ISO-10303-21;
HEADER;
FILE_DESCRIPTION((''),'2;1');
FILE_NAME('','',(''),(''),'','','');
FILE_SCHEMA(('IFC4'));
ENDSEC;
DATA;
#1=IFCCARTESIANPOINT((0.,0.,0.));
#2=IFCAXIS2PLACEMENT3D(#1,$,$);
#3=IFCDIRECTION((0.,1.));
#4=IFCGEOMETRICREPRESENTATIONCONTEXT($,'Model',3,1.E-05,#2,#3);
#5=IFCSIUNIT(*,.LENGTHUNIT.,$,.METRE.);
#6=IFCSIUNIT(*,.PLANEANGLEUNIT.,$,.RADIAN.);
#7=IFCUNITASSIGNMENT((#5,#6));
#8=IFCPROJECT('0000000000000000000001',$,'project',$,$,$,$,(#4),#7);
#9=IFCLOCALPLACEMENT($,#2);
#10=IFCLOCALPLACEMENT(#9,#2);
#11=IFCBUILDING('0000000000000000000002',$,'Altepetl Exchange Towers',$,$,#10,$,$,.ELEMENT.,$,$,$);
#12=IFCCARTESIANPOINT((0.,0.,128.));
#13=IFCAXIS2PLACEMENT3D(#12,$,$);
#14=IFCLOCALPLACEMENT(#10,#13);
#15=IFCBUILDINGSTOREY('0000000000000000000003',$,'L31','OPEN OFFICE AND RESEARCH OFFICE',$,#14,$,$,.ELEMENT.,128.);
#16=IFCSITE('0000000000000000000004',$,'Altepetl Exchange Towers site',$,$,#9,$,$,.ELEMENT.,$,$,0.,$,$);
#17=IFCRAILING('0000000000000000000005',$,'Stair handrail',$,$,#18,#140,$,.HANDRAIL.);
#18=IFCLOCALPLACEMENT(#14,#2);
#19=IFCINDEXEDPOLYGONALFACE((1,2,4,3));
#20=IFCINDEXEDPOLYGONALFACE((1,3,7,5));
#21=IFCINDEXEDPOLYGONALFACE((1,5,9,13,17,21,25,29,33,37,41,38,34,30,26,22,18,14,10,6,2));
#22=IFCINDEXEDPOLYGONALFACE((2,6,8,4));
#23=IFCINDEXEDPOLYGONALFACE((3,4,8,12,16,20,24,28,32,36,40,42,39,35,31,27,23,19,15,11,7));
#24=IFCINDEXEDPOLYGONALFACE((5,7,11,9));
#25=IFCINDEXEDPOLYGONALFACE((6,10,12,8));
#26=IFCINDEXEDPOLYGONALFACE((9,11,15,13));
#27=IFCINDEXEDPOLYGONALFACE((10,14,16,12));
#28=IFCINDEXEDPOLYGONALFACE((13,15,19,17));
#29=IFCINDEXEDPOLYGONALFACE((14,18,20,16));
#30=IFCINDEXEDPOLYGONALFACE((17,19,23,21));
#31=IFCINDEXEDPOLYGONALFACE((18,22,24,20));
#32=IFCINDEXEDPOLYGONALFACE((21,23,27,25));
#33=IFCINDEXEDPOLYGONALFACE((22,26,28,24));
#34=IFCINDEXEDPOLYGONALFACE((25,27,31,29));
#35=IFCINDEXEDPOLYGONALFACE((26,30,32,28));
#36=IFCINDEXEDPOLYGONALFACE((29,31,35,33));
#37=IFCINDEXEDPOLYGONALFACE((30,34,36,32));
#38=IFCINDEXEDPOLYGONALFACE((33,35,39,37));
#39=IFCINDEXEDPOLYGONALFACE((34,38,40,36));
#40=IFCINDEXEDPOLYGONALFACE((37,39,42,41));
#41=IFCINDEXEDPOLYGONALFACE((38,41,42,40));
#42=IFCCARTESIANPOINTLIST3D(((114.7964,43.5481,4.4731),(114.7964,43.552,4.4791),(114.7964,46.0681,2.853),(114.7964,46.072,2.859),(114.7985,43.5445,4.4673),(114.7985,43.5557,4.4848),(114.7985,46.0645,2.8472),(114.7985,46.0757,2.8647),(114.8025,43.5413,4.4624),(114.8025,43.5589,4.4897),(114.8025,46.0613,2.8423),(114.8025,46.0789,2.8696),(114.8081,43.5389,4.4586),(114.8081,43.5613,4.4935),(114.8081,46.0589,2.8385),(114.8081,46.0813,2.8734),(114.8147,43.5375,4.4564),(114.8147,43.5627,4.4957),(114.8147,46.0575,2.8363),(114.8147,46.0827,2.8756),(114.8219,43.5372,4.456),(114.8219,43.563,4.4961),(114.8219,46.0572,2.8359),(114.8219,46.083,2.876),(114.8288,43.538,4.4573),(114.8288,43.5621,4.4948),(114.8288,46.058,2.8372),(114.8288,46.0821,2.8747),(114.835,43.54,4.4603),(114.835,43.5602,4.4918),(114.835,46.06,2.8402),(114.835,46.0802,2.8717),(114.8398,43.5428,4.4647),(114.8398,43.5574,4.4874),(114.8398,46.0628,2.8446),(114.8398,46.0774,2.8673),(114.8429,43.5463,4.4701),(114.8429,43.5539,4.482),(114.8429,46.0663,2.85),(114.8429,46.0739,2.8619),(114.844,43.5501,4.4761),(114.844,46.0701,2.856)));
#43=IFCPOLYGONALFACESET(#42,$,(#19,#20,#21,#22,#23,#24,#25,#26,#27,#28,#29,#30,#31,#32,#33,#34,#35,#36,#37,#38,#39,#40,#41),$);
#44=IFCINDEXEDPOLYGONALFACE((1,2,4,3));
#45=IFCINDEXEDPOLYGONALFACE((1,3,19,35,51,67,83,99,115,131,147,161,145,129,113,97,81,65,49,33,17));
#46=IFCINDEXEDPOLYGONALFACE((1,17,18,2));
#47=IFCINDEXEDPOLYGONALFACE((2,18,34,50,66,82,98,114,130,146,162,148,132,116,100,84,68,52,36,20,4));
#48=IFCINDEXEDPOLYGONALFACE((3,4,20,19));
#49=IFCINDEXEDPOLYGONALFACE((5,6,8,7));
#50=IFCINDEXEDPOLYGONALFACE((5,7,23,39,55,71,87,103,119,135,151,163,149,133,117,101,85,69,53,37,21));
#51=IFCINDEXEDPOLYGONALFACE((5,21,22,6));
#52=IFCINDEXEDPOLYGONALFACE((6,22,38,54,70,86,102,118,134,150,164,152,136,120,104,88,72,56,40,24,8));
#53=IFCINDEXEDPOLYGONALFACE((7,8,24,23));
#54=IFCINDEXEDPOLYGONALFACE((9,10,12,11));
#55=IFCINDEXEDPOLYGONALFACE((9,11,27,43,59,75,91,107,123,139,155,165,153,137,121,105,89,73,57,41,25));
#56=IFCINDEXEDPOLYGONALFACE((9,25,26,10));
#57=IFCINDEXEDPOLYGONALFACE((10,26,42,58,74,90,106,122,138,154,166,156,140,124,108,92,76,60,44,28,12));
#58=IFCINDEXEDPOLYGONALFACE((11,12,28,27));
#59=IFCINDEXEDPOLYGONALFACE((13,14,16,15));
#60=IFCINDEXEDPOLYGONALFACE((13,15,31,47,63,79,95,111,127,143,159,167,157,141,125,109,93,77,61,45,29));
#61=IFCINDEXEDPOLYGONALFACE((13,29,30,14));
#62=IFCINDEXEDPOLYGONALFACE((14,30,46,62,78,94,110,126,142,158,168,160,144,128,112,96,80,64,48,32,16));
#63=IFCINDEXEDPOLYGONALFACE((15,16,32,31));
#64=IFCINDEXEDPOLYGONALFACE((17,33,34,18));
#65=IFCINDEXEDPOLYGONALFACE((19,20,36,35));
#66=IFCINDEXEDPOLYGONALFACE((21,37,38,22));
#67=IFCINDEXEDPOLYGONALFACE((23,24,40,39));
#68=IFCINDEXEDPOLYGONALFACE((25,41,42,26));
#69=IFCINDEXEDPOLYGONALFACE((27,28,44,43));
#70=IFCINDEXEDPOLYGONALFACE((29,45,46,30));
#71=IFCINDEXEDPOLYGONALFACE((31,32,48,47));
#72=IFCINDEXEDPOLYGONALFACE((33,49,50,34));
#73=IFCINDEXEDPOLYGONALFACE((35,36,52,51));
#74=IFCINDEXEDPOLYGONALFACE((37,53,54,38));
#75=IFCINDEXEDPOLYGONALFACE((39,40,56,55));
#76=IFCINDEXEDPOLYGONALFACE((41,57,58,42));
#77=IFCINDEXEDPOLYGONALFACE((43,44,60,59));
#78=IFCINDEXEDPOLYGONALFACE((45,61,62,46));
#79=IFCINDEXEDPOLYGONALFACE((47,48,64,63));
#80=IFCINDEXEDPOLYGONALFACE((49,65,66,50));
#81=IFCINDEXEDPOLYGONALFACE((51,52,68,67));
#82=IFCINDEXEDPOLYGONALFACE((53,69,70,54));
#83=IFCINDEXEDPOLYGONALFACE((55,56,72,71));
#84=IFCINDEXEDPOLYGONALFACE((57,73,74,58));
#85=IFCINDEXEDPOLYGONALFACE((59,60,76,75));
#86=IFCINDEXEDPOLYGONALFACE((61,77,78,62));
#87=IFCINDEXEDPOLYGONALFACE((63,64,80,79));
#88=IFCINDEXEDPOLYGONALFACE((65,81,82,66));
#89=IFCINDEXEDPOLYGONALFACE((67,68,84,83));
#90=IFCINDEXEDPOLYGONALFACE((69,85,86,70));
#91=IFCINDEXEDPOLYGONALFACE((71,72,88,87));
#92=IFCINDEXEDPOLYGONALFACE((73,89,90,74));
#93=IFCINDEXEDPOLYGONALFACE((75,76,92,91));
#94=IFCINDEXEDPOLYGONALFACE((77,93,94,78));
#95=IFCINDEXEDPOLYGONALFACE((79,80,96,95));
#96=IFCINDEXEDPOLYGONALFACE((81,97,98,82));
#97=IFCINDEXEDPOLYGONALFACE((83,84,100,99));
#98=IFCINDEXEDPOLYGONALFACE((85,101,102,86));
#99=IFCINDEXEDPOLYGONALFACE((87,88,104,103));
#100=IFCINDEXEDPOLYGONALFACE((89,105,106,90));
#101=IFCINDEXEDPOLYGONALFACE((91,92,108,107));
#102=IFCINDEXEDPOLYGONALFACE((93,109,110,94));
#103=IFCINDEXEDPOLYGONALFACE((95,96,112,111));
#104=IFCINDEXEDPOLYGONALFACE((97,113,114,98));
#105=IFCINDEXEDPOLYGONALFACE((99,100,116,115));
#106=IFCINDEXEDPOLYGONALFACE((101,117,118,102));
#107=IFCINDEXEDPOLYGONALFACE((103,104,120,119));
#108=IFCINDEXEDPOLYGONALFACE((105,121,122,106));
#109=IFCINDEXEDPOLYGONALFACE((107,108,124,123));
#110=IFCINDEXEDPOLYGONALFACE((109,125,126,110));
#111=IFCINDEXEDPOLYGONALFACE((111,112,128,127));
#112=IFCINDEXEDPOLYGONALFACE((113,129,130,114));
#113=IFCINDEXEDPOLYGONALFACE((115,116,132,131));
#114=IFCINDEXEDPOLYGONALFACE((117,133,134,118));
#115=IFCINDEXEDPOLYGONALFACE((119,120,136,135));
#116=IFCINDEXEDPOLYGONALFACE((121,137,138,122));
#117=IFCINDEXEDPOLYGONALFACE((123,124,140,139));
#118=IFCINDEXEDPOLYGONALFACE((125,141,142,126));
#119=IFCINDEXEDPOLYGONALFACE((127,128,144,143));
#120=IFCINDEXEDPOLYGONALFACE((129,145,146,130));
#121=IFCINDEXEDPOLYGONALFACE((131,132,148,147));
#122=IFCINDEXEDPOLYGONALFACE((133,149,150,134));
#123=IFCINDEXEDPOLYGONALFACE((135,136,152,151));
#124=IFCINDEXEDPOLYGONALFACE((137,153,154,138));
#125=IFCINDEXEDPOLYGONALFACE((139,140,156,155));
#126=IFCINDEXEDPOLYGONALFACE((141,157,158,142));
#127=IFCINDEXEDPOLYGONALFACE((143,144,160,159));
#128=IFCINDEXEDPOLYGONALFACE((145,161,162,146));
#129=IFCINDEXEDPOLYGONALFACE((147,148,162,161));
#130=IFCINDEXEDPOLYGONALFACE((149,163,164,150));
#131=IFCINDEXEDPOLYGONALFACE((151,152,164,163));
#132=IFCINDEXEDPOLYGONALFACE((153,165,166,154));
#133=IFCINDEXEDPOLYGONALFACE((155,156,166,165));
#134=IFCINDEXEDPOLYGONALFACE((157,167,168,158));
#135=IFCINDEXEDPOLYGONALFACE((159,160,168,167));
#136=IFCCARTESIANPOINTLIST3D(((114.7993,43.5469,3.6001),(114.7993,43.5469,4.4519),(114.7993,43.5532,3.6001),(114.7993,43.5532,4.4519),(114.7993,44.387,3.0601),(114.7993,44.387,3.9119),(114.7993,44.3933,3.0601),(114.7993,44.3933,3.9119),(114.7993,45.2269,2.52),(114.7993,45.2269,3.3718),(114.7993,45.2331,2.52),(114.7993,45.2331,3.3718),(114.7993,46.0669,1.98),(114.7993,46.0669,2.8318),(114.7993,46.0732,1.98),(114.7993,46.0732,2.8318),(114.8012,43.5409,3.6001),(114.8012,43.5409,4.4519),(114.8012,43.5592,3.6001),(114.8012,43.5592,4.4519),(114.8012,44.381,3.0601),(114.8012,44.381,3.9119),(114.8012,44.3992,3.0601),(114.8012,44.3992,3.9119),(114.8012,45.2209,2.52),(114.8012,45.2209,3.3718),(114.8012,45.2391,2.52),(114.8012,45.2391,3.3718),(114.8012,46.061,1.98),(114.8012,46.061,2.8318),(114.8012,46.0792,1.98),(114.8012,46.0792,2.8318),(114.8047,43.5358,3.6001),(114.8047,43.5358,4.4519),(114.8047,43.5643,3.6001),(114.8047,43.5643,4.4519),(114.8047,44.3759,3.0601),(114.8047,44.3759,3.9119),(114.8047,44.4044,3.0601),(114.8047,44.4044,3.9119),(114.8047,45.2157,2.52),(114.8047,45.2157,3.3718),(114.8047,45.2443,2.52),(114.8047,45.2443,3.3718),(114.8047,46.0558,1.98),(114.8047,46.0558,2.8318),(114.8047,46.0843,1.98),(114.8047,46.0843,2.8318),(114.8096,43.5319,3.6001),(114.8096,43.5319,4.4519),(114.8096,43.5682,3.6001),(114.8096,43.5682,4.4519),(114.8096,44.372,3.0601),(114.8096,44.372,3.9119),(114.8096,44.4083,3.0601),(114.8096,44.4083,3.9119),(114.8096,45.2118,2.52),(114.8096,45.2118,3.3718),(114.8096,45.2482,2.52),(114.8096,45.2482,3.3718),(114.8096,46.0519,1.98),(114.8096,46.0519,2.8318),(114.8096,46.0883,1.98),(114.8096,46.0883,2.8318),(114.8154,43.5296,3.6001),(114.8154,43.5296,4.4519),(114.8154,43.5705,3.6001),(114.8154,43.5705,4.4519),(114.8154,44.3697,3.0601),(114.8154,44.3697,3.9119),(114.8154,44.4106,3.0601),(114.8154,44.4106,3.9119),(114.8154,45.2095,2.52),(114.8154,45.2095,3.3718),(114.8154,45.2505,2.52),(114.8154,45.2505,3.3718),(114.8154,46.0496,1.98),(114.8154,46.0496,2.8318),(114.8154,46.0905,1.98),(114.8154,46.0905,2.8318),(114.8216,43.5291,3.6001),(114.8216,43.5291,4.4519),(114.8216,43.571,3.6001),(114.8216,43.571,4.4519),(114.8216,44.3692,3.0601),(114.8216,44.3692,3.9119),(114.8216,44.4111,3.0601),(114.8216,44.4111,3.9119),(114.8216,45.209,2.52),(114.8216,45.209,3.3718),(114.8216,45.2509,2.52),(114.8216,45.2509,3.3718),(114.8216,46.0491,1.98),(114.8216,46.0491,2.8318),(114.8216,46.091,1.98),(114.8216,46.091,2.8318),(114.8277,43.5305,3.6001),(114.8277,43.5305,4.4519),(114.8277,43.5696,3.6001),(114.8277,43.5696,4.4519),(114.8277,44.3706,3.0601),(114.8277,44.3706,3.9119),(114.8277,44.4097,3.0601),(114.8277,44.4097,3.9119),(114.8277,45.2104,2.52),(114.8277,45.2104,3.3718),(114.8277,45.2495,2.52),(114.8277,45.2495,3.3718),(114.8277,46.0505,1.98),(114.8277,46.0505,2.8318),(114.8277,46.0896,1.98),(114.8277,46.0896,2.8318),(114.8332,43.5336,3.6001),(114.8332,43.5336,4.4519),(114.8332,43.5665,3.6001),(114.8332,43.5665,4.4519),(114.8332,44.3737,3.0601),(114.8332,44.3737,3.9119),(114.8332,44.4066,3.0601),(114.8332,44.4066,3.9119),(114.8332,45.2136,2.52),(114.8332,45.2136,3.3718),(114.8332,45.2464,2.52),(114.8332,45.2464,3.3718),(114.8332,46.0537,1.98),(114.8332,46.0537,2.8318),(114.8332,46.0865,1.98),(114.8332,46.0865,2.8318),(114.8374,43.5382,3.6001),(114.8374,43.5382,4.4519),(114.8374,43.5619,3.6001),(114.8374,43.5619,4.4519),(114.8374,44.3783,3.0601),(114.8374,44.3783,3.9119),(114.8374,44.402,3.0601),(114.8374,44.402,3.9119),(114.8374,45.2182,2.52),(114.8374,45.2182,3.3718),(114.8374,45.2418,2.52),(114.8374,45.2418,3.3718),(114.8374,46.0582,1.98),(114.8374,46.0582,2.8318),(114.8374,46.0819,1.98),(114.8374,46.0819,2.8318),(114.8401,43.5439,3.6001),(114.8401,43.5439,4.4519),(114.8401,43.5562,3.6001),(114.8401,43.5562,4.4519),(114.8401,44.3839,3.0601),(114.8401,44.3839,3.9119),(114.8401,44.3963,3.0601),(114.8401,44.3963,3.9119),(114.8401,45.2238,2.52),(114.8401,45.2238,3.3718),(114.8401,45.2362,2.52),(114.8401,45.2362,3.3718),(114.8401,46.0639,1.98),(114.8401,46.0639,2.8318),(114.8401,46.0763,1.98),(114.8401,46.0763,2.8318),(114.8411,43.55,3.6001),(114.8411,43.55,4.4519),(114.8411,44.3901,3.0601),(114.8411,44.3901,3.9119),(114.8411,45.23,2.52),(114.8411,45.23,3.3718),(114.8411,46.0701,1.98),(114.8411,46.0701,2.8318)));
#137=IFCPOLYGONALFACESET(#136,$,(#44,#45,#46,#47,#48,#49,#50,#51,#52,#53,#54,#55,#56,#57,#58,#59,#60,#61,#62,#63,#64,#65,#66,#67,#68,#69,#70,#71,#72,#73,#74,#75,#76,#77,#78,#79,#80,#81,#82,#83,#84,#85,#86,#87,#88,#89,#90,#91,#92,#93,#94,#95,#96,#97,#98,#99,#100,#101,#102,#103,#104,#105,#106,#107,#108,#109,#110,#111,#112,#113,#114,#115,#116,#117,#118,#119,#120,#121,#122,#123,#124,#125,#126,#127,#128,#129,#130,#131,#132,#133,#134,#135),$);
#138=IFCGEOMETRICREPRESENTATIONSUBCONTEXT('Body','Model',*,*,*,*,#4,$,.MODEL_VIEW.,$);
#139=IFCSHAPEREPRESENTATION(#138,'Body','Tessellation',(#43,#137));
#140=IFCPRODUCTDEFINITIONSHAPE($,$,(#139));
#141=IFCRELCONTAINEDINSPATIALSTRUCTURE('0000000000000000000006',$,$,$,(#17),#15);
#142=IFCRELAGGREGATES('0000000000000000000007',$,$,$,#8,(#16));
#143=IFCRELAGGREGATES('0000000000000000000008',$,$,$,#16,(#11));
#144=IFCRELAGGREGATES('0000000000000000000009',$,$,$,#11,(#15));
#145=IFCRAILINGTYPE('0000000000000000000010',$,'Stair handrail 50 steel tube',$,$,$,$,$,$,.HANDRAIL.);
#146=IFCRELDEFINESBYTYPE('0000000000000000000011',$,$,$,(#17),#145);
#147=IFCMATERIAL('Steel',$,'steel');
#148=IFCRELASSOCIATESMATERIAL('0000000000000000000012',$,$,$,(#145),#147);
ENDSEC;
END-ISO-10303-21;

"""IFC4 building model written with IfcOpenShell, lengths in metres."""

from ifc_helpers import new_model, si_unit, direction, frame, origin, origin_2d, place, context, subcontext, project, spatial, circle, extrude, source, transform, mapped, material, type_object, element, save


model = new_model("IFC4")

# Units and contexts
model_context = context("Model", 3, precision=1e-05, world=origin(), true_north=direction((0.0, 1.0)))
body_context = subcontext(model_context, "Body", "Model", "MODEL_VIEW")
ifc_project = project(units=[si_unit("LENGTHUNIT", "METRE"), si_unit("PLANEANGLEUNIT", "RADIAN")], contexts=[model_context])

# Site, building, storey
site_placement = place(None, origin())
site = spatial("IfcSite", under=ifc_project, at=site_placement, Name="Altepetl Exchange Towers site", CompositionType="ELEMENT", RefElevation=0.0)
building_placement = place(site_placement, origin())
building = spatial("IfcBuilding", under=site, at=building_placement, Name="Altepetl Exchange Towers", CompositionType="ELEMENT")
storey_placement = place(building_placement, frame((0.0, 0.0, 128.0)))
storey = spatial("IfcBuildingStorey", under=building, at=storey_placement, Name="L31", Description="OPEN OFFICE AND RESEARCH OFFICE", CompositionType="ELEMENT", Elevation=128.0)

# Railing
ifc_material_1 = material(Name="Steel", Category="steel")
railing_type = type_object("IfcRailingType", Name="Stair handrail 50 steel tube", PredefinedType="HANDRAIL", material=ifc_material_1)
shared_shape = source(origin(), body_context, "Body", "SweptSolid", [
    extrude(circle(Radius=0.021, at=origin_2d()), origin(), (0.0, 0.0, 1.0), 0.8518),
])
railing_1_placement = place(storey_placement, frame((114.8201, 46.0701, 1.98)))
element("IfcRailing", 1, at=railing_1_placement, inside=storey, type_object=railing_type, Name="Stair handrail", PredefinedType="HANDRAIL", context=body_context, shape_type="SweptSolid", body=[
    extrude(circle(Radius=0.0239, at=origin_2d()), frame((0.0, 0.0, 0.876), z_axis=(0.0, -0.841163, 0.540782), x_axis=(1.0, 0.0, 0.0)), (0.0, 0.0, 1.0), 2.9958),
    mapped(shared_shape, transform((0.0, 0.0, 0.0))),
    mapped(shared_shape, transform((0.0, -0.8401, 0.54))),
    mapped(shared_shape, transform((0.0, -1.6799, 1.0801))),
    mapped(shared_shape, transform((0.0, -2.52, 1.6201))),
])

save(model, "model.ifc")
